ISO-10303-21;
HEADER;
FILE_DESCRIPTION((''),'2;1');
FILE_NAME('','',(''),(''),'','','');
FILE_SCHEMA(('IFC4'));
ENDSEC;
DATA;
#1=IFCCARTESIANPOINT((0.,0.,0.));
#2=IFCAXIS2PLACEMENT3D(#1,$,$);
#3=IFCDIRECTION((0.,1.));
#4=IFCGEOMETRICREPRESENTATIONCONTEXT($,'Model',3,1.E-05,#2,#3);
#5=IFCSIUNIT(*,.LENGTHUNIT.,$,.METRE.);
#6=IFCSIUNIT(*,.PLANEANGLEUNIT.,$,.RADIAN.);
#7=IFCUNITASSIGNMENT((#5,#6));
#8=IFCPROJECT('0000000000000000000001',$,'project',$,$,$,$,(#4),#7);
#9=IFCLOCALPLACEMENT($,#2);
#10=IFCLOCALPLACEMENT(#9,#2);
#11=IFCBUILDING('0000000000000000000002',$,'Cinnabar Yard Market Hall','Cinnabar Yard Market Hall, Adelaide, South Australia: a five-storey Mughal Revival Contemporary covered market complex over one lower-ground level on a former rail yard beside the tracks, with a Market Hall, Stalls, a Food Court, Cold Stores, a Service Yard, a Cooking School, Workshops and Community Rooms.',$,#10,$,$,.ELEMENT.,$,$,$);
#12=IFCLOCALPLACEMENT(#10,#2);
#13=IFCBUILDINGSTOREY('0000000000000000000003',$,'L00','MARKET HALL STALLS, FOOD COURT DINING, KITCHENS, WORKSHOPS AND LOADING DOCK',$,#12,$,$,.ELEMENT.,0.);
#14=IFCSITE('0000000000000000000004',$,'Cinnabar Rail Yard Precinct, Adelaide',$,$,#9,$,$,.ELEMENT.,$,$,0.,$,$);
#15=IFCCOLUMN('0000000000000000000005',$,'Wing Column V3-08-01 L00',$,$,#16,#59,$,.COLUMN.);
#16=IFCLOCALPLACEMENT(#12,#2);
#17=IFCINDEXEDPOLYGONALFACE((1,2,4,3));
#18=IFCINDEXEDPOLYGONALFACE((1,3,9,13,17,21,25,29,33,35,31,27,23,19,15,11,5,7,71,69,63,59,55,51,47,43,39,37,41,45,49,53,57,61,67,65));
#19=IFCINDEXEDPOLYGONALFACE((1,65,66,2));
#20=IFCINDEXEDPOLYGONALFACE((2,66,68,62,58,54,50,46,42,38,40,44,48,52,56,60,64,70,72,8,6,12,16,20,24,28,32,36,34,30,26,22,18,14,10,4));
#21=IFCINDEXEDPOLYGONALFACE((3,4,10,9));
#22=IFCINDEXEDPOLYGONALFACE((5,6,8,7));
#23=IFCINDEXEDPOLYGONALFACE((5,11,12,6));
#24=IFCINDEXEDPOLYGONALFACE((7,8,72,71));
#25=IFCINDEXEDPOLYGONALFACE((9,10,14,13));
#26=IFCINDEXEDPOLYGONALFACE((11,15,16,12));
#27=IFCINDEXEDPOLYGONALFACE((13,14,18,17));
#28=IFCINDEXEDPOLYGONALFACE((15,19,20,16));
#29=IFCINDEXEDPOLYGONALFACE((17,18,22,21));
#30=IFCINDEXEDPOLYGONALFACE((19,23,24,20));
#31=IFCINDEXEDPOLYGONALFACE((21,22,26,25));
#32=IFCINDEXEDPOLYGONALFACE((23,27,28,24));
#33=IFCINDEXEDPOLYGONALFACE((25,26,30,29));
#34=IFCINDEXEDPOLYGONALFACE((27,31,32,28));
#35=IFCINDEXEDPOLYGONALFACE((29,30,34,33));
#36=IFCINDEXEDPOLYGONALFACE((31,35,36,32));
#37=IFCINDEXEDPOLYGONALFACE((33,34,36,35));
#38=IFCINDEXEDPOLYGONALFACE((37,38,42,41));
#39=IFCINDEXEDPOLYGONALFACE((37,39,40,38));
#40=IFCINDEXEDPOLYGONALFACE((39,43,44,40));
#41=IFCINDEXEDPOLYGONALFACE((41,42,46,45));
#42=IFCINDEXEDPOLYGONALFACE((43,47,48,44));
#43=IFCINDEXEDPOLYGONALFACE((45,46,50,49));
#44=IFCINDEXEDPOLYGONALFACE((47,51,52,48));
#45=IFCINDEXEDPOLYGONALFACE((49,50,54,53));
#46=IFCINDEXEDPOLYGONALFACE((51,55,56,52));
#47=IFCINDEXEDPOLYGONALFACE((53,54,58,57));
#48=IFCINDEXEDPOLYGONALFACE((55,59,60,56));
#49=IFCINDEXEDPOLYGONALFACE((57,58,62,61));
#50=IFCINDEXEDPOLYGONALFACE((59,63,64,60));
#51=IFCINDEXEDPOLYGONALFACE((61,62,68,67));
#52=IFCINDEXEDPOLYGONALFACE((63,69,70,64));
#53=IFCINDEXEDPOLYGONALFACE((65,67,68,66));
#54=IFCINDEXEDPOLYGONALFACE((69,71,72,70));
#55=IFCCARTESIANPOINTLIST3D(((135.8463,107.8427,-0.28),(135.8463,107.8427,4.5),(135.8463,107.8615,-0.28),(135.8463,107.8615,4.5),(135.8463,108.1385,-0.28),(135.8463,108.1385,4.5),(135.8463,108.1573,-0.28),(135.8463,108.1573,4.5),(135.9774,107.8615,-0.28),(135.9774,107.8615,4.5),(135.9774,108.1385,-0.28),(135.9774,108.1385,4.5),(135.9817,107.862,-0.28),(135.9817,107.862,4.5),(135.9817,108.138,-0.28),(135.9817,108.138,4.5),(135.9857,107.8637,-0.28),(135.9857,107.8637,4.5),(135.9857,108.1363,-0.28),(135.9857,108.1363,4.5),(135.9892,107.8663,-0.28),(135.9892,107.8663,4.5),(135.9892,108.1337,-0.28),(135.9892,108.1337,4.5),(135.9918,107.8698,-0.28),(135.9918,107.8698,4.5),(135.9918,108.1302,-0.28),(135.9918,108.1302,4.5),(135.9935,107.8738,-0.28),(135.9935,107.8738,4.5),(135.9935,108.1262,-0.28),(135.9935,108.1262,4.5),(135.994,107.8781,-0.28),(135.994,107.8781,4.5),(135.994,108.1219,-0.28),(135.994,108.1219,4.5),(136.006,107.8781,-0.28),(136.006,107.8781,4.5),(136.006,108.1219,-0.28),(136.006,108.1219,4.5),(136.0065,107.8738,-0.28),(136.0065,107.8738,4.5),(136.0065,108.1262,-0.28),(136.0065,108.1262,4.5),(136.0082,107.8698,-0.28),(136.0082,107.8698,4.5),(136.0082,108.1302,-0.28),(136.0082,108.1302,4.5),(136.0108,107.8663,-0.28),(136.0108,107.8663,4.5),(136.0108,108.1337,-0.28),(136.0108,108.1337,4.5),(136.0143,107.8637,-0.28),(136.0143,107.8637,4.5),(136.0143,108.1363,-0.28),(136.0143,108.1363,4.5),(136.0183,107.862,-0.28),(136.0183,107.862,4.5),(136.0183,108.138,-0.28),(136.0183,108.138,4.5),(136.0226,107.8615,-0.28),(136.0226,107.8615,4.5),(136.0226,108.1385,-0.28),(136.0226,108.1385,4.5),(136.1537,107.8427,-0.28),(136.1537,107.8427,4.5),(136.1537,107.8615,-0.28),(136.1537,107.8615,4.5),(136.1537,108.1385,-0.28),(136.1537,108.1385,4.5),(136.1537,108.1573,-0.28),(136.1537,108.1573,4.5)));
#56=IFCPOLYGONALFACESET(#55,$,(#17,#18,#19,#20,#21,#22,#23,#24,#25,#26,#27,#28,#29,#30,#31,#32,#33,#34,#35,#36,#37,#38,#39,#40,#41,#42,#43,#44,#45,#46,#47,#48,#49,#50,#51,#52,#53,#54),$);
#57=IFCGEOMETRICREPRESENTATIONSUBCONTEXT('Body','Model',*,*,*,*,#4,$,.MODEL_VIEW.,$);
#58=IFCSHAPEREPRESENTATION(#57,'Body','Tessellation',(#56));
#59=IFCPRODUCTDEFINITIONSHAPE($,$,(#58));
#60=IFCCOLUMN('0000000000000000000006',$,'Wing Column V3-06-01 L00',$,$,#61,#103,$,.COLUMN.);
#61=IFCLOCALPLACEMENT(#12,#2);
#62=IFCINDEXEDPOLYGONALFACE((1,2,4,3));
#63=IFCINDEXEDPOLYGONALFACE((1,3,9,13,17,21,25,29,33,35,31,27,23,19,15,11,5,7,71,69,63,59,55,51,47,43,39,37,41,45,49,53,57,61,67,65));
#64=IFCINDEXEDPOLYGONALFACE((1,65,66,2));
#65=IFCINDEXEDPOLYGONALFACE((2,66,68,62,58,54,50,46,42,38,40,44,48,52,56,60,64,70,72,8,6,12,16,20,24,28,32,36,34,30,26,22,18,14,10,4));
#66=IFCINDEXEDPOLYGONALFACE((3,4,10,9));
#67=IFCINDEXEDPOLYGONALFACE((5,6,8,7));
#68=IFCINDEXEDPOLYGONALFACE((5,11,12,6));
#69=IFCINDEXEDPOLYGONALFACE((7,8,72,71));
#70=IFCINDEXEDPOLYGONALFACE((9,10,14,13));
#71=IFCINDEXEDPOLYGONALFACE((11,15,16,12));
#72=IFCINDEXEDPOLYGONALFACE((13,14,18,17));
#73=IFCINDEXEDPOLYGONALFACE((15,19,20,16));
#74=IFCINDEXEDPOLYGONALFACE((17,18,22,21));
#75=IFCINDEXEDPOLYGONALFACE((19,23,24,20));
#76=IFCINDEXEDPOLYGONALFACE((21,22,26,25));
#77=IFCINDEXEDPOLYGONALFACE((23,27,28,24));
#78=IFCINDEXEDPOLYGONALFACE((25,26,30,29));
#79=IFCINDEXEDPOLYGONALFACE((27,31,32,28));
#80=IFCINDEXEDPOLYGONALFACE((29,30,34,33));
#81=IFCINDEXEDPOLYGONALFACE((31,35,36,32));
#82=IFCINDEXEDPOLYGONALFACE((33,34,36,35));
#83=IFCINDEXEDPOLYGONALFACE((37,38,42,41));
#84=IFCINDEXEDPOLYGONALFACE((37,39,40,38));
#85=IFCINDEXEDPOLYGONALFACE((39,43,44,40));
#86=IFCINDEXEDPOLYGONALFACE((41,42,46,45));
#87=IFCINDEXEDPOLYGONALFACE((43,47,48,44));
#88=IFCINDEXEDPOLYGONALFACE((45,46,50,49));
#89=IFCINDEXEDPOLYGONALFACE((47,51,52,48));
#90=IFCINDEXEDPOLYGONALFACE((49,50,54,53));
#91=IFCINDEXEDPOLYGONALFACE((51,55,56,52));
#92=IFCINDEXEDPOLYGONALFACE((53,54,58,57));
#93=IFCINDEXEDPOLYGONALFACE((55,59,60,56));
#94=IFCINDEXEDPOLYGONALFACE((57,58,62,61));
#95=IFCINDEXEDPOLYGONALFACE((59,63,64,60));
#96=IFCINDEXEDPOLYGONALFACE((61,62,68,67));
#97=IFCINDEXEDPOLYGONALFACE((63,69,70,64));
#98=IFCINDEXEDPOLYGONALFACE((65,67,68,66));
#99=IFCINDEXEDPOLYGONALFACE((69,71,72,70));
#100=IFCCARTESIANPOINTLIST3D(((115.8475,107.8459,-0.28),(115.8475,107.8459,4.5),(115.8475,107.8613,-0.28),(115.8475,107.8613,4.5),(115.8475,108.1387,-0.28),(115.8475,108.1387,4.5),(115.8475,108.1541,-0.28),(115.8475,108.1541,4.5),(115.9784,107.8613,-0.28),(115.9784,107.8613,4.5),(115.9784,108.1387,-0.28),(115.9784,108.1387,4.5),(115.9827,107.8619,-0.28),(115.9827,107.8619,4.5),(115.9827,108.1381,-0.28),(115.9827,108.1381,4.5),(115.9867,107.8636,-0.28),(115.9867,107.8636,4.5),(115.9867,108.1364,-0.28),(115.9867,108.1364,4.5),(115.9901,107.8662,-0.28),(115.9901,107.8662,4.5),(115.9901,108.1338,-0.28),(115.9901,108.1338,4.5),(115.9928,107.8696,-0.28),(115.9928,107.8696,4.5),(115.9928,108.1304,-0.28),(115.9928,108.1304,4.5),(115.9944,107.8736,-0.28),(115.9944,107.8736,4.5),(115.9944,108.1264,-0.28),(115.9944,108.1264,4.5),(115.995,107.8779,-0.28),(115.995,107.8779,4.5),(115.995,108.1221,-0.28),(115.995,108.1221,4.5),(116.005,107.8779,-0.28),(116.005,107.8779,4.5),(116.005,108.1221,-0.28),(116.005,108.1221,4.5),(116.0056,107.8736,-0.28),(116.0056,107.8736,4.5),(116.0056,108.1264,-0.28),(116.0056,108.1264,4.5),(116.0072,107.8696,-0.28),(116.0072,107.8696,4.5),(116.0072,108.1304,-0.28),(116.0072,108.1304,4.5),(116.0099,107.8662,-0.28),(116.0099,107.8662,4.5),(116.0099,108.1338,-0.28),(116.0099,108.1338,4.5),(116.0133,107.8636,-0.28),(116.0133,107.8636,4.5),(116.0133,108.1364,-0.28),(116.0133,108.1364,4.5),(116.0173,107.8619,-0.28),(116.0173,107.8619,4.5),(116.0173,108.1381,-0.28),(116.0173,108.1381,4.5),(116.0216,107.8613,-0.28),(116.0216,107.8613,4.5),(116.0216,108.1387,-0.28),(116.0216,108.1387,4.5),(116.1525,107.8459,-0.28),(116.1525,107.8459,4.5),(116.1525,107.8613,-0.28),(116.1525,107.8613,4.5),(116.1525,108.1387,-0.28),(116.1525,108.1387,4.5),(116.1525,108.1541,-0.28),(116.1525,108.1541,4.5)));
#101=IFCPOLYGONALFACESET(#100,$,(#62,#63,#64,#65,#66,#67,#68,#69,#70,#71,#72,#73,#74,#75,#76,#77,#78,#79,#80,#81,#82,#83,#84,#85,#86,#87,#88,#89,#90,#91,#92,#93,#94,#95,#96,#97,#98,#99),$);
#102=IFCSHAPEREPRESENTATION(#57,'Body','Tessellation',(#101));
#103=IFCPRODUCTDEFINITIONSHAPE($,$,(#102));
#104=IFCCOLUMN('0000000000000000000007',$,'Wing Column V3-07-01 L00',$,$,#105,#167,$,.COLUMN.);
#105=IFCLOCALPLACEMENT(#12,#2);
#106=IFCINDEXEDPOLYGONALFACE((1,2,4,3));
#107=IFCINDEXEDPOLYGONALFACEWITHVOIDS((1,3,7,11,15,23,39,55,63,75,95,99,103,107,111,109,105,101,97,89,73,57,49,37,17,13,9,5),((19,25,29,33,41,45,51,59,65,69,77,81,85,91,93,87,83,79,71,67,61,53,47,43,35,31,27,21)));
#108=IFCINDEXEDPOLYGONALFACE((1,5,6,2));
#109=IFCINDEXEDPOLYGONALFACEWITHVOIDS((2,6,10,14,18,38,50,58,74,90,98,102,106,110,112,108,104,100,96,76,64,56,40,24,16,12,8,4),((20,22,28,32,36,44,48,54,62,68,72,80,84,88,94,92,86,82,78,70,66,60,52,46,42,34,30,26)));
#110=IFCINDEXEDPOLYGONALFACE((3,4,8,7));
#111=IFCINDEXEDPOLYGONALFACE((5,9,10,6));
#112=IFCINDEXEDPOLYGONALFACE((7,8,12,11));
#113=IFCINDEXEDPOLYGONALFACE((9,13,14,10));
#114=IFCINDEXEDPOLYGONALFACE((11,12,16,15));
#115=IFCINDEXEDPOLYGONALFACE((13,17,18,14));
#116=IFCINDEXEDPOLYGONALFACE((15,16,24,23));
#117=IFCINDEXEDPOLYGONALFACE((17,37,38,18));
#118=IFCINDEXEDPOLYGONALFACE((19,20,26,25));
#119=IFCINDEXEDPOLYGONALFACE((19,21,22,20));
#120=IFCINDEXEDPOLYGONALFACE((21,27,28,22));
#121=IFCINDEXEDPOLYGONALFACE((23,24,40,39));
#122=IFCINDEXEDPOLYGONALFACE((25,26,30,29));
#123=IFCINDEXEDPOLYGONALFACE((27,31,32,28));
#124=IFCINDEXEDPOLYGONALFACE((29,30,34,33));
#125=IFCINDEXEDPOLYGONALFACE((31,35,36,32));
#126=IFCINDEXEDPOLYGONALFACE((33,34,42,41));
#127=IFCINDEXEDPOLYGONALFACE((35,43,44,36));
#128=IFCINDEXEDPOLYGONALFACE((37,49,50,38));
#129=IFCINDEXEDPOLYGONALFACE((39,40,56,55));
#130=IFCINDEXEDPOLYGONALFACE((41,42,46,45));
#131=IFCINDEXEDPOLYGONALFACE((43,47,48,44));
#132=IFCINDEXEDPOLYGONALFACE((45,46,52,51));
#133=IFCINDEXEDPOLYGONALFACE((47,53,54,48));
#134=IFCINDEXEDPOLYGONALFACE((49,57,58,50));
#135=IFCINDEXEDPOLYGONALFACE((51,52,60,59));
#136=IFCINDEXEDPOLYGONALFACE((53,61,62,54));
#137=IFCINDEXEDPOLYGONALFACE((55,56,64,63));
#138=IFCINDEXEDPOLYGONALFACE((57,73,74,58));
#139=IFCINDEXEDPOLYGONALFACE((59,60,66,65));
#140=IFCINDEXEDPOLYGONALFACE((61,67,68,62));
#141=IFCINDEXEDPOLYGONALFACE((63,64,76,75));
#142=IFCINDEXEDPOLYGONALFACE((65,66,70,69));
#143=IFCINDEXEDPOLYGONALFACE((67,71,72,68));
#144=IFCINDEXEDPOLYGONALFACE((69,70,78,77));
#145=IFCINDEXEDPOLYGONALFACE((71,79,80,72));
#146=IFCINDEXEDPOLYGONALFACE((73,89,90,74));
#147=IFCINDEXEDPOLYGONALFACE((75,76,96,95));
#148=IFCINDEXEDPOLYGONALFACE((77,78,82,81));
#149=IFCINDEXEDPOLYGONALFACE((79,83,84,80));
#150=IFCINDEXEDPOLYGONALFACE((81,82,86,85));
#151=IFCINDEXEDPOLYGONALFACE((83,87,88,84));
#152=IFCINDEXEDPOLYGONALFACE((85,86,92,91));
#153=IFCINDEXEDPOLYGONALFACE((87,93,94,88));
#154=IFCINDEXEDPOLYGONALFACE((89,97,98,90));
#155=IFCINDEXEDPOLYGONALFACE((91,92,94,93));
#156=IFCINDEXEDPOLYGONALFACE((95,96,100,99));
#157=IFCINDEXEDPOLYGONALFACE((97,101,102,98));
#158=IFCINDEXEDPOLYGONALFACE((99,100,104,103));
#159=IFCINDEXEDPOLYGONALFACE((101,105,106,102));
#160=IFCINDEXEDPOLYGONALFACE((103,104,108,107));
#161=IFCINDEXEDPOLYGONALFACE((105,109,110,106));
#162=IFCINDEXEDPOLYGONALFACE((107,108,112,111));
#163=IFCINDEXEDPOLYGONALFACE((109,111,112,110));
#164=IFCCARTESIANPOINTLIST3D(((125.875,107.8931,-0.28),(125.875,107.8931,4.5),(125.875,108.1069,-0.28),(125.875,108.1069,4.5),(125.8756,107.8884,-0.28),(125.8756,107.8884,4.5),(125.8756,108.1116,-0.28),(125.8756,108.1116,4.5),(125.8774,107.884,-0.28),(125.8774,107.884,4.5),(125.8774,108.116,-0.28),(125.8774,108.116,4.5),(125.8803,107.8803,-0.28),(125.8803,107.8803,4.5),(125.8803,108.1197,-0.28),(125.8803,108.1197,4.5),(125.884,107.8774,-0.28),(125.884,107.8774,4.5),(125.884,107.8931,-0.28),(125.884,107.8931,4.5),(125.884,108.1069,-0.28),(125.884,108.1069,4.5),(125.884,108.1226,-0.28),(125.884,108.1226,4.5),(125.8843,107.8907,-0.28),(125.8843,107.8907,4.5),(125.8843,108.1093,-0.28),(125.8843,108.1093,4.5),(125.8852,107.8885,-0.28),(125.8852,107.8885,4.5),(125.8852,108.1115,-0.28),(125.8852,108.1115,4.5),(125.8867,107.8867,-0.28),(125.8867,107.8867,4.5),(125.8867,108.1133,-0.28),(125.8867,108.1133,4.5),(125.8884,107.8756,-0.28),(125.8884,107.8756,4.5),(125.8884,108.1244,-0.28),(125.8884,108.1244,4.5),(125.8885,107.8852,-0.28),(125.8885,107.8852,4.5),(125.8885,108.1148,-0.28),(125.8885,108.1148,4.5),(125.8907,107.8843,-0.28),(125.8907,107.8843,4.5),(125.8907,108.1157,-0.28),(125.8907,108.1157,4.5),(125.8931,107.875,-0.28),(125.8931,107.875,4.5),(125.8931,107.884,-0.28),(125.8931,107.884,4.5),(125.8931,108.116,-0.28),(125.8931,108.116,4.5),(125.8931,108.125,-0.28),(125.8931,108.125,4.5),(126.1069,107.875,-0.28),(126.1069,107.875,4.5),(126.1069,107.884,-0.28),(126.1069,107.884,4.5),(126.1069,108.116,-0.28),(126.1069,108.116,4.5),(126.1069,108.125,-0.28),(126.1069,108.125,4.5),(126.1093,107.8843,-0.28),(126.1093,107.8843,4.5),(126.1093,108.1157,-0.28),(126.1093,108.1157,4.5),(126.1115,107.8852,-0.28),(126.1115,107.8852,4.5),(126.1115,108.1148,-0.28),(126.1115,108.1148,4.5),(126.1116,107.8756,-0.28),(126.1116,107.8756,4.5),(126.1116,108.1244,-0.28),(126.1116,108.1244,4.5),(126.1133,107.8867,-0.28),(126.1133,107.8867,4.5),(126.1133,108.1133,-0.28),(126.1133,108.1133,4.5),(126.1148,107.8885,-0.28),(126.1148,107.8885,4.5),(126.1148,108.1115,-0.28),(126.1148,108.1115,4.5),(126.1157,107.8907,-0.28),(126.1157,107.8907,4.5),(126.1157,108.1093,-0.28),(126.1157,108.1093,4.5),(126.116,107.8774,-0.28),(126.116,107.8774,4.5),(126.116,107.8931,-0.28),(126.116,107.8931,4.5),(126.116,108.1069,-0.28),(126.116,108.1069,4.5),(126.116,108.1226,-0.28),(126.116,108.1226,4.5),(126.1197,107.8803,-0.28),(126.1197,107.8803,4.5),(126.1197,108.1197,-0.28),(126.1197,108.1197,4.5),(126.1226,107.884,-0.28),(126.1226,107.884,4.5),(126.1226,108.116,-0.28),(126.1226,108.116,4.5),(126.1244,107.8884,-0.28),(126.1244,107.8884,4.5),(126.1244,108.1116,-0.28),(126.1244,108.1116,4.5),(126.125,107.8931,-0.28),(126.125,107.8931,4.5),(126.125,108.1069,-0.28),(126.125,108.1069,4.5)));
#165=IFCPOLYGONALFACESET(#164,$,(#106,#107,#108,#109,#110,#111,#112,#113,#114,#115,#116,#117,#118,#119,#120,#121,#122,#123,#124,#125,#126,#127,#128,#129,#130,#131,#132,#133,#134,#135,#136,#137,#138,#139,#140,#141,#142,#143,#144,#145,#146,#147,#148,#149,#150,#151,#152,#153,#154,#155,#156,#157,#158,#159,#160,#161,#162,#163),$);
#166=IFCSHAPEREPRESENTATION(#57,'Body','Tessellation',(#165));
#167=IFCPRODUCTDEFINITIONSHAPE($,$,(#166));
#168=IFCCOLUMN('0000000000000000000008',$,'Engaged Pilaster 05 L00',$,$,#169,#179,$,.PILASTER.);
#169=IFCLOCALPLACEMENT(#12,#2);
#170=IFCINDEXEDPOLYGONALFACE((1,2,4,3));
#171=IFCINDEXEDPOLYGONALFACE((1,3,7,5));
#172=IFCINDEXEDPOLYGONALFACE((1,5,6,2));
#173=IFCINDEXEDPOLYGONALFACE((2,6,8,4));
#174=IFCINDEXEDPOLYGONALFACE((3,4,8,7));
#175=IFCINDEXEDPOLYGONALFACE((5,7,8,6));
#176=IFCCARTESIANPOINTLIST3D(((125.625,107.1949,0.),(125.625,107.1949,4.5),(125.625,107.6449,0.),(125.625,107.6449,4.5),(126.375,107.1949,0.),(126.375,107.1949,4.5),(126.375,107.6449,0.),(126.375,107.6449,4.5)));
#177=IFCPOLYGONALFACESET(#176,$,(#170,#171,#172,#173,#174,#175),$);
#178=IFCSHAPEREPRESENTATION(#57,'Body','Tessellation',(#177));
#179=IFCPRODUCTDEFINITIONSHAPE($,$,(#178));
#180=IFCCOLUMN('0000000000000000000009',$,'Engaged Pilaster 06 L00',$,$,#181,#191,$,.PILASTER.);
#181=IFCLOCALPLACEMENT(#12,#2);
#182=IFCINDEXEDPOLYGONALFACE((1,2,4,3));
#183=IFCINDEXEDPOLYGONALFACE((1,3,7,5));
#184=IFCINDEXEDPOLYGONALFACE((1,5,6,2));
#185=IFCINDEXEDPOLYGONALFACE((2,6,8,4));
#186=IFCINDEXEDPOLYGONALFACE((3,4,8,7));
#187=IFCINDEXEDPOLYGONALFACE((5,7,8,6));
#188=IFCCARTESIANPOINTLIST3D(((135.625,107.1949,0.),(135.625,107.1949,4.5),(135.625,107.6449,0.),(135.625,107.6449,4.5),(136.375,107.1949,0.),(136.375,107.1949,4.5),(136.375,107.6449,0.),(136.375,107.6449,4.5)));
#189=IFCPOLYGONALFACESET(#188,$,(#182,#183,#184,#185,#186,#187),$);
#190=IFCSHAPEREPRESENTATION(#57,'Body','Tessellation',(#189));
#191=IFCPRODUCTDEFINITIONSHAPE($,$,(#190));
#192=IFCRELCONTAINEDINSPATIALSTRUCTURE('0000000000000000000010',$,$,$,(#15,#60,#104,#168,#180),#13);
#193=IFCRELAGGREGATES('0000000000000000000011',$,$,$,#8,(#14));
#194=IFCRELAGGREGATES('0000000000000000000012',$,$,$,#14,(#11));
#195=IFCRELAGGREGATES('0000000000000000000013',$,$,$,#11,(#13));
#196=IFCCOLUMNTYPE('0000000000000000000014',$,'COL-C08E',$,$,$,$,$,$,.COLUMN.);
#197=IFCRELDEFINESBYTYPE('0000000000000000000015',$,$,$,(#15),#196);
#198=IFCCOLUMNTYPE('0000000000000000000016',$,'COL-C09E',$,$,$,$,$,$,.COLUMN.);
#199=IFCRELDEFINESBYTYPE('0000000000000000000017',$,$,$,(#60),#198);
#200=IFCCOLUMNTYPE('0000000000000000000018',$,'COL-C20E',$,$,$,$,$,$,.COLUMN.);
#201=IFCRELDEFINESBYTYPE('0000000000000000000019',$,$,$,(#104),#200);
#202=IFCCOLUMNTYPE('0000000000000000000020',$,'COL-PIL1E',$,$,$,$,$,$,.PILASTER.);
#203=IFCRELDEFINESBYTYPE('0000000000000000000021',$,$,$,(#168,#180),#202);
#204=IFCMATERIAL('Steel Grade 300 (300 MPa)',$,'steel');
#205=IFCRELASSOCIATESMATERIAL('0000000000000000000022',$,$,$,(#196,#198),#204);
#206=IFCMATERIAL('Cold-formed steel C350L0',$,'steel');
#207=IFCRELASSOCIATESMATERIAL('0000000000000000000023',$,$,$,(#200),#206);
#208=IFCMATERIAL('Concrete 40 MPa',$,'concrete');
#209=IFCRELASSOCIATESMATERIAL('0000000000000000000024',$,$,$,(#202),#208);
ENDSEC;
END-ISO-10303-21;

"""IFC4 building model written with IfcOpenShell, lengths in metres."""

from ifc_helpers import new_model, si_unit, direction, frame, origin, origin_2d_with_axis, place, context, subcontext, project, spatial, rectangle, hollow_rectangle, i_section, extrude, material, material_profile, profile_set, type_object, element, save


model = new_model("IFC4")

# Units and contexts
model_context = context("Model", 3, precision=1e-05, world=origin(), true_north=direction((0.0, 1.0)))
body_context = subcontext(model_context, "Body", "Model", "MODEL_VIEW")
ifc_project = project(units=[si_unit("LENGTHUNIT", "METRE"), si_unit("PLANEANGLEUNIT", "RADIAN")], contexts=[model_context])

# Site, building, storey
site_placement = place(None, origin())
site = spatial("IfcSite", under=ifc_project, at=site_placement, Name="Cinnabar Rail Yard Precinct, Adelaide", CompositionType="ELEMENT", RefElevation=0.0)
building_placement = place(site_placement, origin())
building = spatial("IfcBuilding", under=site, at=building_placement, Name="Cinnabar Yard Market Hall", Description="Cinnabar Yard Market Hall, Adelaide, South Australia: a five-storey Mughal Revival Contemporary covered market complex over one lower-ground level on a former rail yard beside the tracks, with a Market Hall, Stalls, a Food Court, Cold Stores, a Service Yard, a Cooking School, Workshops and Community Rooms.", CompositionType="ELEMENT")
storey_placement = place(building_placement, origin())
storey = spatial("IfcBuildingStorey", under=building, at=storey_placement, Name="L00", Description="MARKET HALL STALLS, FOOD COURT DINING, KITCHENS, WORKSHOPS AND LOADING DOCK", CompositionType="ELEMENT", Elevation=0.0)

# Columns
ifc_material_1 = material(Name="Steel Grade 300 (300 MPa)", Category="steel")
ifc_material_profile_1 = material_profile(ifc_material_1, i_section(OverallWidth=0.3074, OverallDepth=0.3147, WebThickness=0.012, FlangeThickness=0.0188, FilletRadius=0.0166, at=origin_2d_with_axis()), Name="310UC118")
ifc_profile_set_1 = profile_set([ifc_material_profile_1], Name="Steel Grade 300 (300 MPa)")
column_type_1 = type_object("IfcColumnType", Name="COL-C08E", PredefinedType="COLUMN", material=ifc_profile_set_1)
column_1_placement = place(storey_placement, frame((136.0, 108.0, -0.28), z_axis=(0.0, 0.0, 1.0), x_axis=(1.0, 0.0, 0.0)))
element("IfcColumn", 1, at=column_1_placement, inside=storey, type_object=column_type_1, Name="Wing Column V3-08-01 L00", PredefinedType="COLUMN", context=body_context, shape_type="SweptSolid", body=[
    extrude(i_section(OverallWidth=0.3074, OverallDepth=0.3147, WebThickness=0.012, FlangeThickness=0.0188, FilletRadius=0.0166, at=origin_2d_with_axis()), origin(), (0.0, 0.0, 1.0), 4.78),
])
ifc_material_profile_2 = material_profile(ifc_material_1, i_section(OverallWidth=0.3049, OverallDepth=0.3081, WebThickness=0.01, FlangeThickness=0.0154, FilletRadius=0.0166, at=origin_2d_with_axis()), Name="310UC96.8")
ifc_profile_set_2 = profile_set([ifc_material_profile_2], Name="Steel Grade 300 (300 MPa)")
column_type_2 = type_object("IfcColumnType", Name="COL-C09E", PredefinedType="COLUMN", material=ifc_profile_set_2)
column_2_placement = place(storey_placement, frame((116.0, 108.0, -0.28), z_axis=(0.0, 0.0, 1.0), x_axis=(1.0, 0.0, 0.0)))
element("IfcColumn", 2, at=column_2_placement, inside=storey, type_object=column_type_2, Name="Wing Column V3-06-01 L00", PredefinedType="COLUMN", context=body_context, shape_type="SweptSolid", body=[
    extrude(i_section(OverallWidth=0.3049, OverallDepth=0.3081, WebThickness=0.01, FlangeThickness=0.0154, FilletRadius=0.0166, at=origin_2d_with_axis()), origin(), (0.0, 0.0, 1.0), 4.78),
])
ifc_material_2 = material(Name="Cold-formed steel C350L0", Category="steel")
ifc_material_profile_3 = material_profile(ifc_material_2, hollow_rectangle(XDim=0.25, YDim=0.25, WallThickness=0.009, InnerFilletRadius=0.009, OuterFilletRadius=0.0181, at=origin_2d_with_axis()), Name="250x250x9.0SHS")
ifc_profile_set_3 = profile_set([ifc_material_profile_3], Name="Cold-formed steel C350L0")
column_type_3 = type_object("IfcColumnType", Name="COL-C20E", PredefinedType="COLUMN", material=ifc_profile_set_3)
column_3_placement = place(storey_placement, frame((126.0, 108.0, -0.28), z_axis=(0.0, 0.0, 1.0), x_axis=(1.0, 0.0, 0.0)))
element("IfcColumn", 3, at=column_3_placement, inside=storey, type_object=column_type_3, Name="Wing Column V3-07-01 L00", PredefinedType="COLUMN", context=body_context, shape_type="SweptSolid", body=[
    extrude(hollow_rectangle(XDim=0.25, YDim=0.25, WallThickness=0.009, InnerFilletRadius=0.009, OuterFilletRadius=0.0181, at=origin_2d_with_axis()), origin(), (0.0, 0.0, 1.0), 4.78),
])
ifc_material_3 = material(Name="Concrete 40 MPa", Category="concrete")
ifc_material_profile_4 = material_profile(ifc_material_3, rectangle(XDim=0.75, YDim=0.45, at=origin_2d_with_axis()), Name="RC-750x450")
ifc_profile_set_4 = profile_set([ifc_material_profile_4], Name="Concrete 40 MPa")
column_type_4 = type_object("IfcColumnType", Name="COL-PIL1E", PredefinedType="PILASTER", material=ifc_profile_set_4)
for number, where, z_axis, x_axis, name in (
    (4, (126.0, 107.4199, 0.0), (0.0, 0.0, 1.0), (1.0, 0.0, 0.0), "Engaged Pilaster 05 L00"),
    (5, (136.0, 107.4199, 0.0), (0.0, 0.0, 1.0), (1.0, 0.0, 0.0), "Engaged Pilaster 06 L00"),
):
    element("IfcColumn", number, at=place(storey_placement, frame(where, z_axis=z_axis, x_axis=x_axis)), inside=storey, type_object=column_type_4, Name=name, PredefinedType="PILASTER", context=body_context, shape_type="SweptSolid", body=[
        extrude(rectangle(XDim=0.75, YDim=0.45, at=origin_2d_with_axis()), origin(), (0.0, 0.0, 1.0), 4.5),
    ])

save(model, "model.ifc")
